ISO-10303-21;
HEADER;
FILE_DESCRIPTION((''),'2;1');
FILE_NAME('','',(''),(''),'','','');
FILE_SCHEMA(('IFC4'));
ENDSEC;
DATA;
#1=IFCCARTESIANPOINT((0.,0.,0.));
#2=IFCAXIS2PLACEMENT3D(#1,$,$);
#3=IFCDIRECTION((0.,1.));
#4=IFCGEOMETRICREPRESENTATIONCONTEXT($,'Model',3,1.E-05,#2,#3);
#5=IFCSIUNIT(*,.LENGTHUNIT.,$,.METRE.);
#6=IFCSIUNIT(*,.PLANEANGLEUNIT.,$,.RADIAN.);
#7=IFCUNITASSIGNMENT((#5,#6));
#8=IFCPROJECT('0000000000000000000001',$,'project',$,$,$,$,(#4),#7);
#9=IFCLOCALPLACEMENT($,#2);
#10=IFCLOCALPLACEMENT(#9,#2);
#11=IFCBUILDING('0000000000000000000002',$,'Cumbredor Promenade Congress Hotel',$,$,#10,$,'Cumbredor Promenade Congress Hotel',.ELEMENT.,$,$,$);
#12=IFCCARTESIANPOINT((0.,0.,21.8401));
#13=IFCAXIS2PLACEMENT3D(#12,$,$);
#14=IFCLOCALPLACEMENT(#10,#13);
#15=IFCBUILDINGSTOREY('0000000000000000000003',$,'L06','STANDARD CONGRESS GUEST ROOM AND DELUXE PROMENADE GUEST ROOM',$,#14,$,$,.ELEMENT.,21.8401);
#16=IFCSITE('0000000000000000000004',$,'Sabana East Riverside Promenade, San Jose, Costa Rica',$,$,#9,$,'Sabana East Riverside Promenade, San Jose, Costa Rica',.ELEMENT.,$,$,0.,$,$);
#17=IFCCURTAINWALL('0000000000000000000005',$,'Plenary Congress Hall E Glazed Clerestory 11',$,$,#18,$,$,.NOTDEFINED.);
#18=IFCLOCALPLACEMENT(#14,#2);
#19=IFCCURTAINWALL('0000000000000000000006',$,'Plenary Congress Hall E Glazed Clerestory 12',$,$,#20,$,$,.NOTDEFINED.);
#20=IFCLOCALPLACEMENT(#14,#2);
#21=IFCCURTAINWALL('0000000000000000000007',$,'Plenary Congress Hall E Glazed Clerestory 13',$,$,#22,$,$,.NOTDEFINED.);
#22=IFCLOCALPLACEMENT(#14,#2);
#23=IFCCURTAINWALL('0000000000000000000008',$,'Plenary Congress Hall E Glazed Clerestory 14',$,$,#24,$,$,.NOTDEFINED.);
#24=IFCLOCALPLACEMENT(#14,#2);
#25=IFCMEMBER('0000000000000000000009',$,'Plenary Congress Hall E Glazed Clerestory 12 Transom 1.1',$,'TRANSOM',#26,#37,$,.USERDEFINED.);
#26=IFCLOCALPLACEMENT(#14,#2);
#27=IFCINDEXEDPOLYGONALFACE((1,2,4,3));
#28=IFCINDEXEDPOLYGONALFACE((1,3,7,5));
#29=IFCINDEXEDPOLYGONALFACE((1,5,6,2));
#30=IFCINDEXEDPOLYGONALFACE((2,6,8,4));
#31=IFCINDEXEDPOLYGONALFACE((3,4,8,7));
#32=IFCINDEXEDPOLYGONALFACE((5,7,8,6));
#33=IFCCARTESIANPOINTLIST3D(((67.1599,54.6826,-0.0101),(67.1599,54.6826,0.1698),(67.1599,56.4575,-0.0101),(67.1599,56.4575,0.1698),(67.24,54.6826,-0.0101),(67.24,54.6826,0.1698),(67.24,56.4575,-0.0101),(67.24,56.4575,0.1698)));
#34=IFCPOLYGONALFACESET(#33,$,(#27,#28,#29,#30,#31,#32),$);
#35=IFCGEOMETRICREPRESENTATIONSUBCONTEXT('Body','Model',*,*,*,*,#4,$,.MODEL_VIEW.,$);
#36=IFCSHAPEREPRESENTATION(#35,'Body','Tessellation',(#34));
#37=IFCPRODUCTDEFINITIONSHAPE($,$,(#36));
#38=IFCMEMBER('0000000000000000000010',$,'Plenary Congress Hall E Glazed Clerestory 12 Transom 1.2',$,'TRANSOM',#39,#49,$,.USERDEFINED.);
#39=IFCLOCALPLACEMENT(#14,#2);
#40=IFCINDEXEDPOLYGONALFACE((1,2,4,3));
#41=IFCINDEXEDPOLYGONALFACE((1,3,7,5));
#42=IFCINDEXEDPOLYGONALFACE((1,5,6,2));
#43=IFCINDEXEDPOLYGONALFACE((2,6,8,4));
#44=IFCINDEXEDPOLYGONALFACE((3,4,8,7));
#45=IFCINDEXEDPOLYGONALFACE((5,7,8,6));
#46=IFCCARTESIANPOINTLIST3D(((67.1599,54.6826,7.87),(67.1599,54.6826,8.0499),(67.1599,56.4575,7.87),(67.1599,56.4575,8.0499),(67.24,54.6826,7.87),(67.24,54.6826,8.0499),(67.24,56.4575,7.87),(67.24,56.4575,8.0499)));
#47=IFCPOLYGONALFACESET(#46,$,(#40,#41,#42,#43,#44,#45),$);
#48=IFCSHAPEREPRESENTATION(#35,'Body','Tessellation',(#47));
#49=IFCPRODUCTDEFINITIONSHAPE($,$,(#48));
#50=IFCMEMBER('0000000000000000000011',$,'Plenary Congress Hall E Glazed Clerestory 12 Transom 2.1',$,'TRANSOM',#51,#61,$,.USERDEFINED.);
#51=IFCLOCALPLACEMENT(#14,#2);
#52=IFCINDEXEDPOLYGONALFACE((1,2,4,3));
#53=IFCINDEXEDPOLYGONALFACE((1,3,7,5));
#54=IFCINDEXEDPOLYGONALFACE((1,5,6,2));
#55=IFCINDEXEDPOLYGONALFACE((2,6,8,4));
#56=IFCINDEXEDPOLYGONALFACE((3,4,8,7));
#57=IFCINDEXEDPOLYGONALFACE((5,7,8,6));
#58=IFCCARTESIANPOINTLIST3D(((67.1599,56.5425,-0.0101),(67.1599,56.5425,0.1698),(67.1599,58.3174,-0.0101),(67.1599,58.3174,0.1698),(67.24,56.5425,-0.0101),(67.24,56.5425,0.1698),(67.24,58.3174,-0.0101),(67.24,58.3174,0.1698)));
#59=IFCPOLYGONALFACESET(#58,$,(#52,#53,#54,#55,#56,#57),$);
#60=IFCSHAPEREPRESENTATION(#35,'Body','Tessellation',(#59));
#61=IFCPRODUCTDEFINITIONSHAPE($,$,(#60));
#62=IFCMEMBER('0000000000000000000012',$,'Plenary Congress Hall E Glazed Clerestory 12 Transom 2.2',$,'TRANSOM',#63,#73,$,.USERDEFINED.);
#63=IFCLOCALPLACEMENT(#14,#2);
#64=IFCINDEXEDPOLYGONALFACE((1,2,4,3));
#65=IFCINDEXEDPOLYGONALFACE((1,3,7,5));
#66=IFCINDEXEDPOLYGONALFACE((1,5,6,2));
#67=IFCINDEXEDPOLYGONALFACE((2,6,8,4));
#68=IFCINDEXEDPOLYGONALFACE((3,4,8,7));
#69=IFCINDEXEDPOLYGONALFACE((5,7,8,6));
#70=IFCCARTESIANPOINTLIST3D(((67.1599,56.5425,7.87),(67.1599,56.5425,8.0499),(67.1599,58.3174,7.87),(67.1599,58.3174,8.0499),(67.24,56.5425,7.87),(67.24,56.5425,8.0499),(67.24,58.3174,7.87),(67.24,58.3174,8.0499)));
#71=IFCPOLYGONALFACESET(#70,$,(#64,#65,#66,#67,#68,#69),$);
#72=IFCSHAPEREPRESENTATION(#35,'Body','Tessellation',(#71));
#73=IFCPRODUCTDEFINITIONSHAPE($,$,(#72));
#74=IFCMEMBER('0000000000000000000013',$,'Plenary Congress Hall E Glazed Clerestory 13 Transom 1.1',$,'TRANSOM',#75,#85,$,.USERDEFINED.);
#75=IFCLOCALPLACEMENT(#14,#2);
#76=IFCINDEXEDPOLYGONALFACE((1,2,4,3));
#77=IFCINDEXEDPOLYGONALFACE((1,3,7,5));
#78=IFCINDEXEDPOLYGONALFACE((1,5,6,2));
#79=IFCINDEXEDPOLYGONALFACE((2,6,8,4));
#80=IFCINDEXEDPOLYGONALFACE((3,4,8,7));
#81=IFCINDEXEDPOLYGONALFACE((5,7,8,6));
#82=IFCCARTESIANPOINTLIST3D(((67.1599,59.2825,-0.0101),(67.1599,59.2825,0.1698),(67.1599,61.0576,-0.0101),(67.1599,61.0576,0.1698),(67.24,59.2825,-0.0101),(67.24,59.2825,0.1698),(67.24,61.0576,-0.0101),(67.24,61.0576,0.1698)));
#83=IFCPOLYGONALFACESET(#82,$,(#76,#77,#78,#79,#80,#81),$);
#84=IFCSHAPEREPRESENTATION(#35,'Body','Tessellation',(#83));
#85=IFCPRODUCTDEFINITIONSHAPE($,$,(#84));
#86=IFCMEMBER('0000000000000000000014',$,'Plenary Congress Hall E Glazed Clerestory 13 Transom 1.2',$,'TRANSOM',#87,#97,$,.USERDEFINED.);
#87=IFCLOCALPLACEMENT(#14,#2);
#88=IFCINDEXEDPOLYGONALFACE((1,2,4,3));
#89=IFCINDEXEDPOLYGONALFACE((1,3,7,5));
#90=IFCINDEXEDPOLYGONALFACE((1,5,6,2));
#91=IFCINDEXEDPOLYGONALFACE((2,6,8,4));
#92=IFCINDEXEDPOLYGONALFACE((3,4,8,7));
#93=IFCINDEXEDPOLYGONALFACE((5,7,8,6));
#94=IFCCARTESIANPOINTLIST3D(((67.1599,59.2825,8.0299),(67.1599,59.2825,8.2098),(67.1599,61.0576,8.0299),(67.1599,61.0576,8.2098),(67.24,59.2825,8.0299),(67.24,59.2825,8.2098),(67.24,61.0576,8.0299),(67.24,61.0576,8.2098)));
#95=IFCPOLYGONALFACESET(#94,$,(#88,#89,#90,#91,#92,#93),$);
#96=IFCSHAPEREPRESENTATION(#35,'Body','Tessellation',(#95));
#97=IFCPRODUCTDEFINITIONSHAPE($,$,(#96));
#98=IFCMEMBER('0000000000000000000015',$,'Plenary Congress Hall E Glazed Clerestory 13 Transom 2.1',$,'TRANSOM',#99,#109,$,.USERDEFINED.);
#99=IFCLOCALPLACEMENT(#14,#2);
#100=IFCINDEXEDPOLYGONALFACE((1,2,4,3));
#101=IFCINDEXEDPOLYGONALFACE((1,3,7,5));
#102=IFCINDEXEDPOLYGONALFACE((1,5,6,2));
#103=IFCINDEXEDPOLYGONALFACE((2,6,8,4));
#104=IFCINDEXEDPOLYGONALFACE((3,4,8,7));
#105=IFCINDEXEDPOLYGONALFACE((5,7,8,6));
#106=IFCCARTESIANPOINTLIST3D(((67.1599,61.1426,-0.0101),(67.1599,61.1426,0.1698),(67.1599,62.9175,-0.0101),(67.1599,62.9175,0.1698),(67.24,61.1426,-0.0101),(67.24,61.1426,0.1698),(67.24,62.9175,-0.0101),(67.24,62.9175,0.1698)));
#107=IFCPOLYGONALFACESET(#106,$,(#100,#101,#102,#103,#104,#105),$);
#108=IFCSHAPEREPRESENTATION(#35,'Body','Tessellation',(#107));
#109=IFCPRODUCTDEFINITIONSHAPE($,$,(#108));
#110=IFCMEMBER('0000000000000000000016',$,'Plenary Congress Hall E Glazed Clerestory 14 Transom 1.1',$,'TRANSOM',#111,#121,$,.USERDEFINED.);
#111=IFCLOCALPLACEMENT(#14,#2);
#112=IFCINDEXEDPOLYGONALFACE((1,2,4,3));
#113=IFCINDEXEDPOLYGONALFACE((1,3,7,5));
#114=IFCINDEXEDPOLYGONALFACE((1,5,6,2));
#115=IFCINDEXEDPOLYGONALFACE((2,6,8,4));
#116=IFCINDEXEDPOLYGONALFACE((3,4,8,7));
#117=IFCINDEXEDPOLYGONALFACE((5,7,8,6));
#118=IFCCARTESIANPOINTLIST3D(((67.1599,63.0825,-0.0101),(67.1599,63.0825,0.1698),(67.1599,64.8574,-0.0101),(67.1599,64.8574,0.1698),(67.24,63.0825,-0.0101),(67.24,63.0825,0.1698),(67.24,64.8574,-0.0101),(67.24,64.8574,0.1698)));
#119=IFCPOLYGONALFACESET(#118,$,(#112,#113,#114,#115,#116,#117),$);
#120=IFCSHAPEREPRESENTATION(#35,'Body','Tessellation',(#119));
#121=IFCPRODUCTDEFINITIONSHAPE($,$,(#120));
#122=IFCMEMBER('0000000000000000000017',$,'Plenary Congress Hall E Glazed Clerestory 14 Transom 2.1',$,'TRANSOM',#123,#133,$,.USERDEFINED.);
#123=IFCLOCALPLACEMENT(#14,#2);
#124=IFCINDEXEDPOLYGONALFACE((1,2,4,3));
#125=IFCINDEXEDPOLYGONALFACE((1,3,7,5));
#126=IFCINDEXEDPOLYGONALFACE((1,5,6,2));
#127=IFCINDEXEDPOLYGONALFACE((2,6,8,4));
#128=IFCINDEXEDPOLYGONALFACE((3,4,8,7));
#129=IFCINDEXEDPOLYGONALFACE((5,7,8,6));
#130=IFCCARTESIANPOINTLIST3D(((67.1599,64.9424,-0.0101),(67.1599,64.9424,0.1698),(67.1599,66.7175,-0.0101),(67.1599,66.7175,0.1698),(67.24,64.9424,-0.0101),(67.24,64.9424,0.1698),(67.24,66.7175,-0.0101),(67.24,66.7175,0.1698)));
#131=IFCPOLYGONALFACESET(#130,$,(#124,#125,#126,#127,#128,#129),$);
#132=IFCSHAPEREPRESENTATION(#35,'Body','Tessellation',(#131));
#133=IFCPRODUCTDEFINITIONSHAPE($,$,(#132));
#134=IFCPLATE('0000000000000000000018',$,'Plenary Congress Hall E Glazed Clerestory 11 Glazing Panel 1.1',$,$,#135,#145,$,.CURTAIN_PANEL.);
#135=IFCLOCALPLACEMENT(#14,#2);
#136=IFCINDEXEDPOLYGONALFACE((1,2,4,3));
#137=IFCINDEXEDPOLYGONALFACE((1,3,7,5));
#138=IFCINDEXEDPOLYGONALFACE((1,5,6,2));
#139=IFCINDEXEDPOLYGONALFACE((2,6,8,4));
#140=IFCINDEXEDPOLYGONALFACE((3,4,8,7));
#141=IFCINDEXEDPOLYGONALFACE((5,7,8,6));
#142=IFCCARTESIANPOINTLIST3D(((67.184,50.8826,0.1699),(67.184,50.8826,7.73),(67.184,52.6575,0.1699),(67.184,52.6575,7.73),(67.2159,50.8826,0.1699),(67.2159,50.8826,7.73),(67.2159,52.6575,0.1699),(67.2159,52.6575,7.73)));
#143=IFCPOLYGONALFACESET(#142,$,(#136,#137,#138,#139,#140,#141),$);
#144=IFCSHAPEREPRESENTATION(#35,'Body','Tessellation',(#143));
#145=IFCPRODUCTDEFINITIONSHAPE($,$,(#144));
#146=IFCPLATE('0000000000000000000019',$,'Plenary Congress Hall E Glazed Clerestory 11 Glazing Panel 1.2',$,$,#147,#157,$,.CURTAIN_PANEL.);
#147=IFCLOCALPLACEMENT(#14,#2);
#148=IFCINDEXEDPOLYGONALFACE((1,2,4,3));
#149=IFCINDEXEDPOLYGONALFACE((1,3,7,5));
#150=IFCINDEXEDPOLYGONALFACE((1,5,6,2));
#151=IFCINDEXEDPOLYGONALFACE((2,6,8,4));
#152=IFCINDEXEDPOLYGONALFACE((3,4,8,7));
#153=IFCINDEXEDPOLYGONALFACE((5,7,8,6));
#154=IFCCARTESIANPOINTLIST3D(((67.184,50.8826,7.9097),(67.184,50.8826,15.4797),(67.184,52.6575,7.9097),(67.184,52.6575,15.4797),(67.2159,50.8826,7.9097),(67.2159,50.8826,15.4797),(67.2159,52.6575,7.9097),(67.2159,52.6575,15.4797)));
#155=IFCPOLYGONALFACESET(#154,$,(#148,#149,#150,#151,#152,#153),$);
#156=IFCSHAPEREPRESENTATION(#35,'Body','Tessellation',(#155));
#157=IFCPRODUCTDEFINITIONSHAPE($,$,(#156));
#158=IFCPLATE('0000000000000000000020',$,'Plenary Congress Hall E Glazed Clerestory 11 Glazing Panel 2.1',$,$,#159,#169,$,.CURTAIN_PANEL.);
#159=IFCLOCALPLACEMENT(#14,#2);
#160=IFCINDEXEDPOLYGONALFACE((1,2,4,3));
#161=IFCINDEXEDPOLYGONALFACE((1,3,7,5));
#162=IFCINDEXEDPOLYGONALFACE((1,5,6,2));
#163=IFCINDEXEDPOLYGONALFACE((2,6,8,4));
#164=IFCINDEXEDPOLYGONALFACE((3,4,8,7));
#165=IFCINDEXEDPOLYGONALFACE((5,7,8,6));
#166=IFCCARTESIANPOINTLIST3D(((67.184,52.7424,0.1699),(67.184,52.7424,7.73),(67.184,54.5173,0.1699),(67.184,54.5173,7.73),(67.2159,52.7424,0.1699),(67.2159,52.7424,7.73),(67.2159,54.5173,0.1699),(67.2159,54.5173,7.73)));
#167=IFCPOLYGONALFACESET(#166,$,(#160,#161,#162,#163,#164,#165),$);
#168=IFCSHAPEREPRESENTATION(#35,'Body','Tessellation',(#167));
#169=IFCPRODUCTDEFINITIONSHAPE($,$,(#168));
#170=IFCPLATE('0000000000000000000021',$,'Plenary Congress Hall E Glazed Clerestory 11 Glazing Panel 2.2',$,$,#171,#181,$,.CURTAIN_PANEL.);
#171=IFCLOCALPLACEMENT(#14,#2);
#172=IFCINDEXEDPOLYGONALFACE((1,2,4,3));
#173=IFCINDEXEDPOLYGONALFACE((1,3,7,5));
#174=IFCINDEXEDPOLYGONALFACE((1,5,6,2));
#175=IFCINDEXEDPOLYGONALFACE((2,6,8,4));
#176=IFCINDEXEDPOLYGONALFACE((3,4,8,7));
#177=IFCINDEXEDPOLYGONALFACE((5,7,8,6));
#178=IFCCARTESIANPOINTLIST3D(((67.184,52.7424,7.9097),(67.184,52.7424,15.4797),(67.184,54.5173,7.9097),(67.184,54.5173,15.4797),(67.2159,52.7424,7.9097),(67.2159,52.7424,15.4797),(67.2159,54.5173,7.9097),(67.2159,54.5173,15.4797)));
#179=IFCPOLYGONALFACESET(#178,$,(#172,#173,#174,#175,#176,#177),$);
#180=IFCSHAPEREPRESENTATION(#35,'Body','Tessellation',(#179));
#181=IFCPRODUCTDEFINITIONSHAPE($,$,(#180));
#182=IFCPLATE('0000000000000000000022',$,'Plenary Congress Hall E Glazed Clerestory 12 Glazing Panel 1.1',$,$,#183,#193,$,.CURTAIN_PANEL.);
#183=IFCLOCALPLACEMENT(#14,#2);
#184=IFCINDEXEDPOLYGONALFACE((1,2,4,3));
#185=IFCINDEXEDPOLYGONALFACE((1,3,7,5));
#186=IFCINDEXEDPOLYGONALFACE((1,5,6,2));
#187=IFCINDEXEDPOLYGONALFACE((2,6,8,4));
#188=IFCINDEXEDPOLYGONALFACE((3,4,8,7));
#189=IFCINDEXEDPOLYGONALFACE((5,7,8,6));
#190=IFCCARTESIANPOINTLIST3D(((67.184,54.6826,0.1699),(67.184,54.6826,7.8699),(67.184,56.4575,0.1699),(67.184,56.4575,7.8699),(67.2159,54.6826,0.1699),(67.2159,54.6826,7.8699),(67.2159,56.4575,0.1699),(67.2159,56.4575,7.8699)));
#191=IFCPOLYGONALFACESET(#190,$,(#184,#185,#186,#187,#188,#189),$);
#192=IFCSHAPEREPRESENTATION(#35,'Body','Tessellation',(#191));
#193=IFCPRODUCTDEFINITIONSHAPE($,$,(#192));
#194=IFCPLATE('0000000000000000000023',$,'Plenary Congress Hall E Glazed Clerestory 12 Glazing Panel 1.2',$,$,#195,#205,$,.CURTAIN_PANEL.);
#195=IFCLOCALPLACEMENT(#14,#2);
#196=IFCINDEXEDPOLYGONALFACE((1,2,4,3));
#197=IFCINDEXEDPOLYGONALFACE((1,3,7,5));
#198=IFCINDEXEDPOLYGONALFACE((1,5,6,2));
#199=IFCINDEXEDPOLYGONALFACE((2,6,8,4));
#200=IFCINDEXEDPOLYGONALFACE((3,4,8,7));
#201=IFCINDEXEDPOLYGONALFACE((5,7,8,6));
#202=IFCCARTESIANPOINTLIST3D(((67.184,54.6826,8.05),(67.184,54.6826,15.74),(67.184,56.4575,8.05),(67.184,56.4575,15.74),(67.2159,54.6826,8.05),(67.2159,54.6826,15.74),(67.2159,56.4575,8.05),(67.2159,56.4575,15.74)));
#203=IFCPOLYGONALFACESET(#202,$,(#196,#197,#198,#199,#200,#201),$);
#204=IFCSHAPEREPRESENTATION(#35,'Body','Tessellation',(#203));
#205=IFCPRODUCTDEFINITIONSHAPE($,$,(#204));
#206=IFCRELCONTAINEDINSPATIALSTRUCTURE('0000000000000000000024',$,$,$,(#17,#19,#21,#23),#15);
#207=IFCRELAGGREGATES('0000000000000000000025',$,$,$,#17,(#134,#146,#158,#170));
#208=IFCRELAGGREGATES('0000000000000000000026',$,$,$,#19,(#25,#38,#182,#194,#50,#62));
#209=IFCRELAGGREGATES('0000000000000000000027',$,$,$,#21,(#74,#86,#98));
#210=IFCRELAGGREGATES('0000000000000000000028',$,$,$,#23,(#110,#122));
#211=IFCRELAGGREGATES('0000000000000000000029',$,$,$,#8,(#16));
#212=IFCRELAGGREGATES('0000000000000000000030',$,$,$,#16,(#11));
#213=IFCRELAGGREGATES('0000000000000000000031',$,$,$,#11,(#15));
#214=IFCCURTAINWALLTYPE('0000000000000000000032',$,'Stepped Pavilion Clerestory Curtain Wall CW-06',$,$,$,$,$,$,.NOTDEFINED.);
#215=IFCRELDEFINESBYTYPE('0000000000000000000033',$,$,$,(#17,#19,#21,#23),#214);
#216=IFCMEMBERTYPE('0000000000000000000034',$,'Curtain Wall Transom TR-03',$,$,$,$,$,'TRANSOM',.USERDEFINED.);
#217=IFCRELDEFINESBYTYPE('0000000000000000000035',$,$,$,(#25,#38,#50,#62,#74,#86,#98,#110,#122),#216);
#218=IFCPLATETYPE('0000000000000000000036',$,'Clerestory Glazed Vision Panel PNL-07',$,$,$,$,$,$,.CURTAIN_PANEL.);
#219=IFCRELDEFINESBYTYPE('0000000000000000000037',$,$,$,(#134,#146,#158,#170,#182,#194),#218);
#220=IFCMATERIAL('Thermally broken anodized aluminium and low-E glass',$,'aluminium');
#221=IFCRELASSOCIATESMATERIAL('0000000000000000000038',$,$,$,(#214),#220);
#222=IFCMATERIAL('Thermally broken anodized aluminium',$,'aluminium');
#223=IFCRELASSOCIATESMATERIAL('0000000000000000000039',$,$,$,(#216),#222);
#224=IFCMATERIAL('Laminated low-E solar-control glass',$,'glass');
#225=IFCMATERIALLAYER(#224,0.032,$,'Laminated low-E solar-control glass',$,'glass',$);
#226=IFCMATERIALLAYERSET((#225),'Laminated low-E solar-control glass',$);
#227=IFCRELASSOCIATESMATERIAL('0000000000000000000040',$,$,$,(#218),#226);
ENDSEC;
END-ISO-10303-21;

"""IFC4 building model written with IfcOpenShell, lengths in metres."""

from ifc_helpers import new_model, si_unit, direction, frame, origin, origin_2d, place, context, subcontext, project, spatial, rectangle, extrude, material, layer, layer_set, material_profile, profile_set, type_object, element, aggregate, save


model = new_model("IFC4")

# Units and contexts
model_context = context("Model", 3, precision=1e-05, world=origin(), true_north=direction((0.0, 1.0)))
body_context = subcontext(model_context, "Body", "Model", "MODEL_VIEW")
ifc_project = project(units=[si_unit("LENGTHUNIT", "METRE"), si_unit("PLANEANGLEUNIT", "RADIAN")], contexts=[model_context])

# Site, building, storey
site_placement = place(None, origin())
site = spatial("IfcSite", under=ifc_project, at=site_placement, Name="Sabana East Riverside Promenade, San Jose, Costa Rica", LongName="Sabana East Riverside Promenade, San Jose, Costa Rica", CompositionType="ELEMENT", RefElevation=0.0)
building_placement = place(site_placement, origin())
building = spatial("IfcBuilding", under=site, at=building_placement, Name="Cumbredor Promenade Congress Hotel", LongName="Cumbredor Promenade Congress Hotel", CompositionType="ELEMENT")
storey_placement = place(building_placement, frame((0.0, 0.0, 21.8401)))
storey = spatial("IfcBuildingStorey", under=building, at=storey_placement, Name="L06", Description="STANDARD CONGRESS GUEST ROOM AND DELUXE PROMENADE GUEST ROOM", CompositionType="ELEMENT", Elevation=21.8401)

# Curtain walls
ifc_material_1 = material(Name="Thermally broken anodized aluminium and low-E glass", Category="aluminium")
curtain_wall_type = type_object("IfcCurtainWallType", Name="Stepped Pavilion Clerestory Curtain Wall CW-06", PredefinedType="NOTDEFINED", material=ifc_material_1)
curtain_wall_1_placement = place(storey_placement, origin())
curtain_wall_1 = element("IfcCurtainWall", 1, at=curtain_wall_1_placement, inside=storey, type_object=curtain_wall_type, Name="Plenary Congress Hall E Glazed Clerestory 11", PredefinedType="NOTDEFINED")
ifc_material_2 = material(Name="Thermally broken anodized aluminium", Category="aluminium")
curtain_wall_2_placement = place(storey_placement, origin())
curtain_wall_2 = element("IfcCurtainWall", 2, at=curtain_wall_2_placement, inside=storey, type_object=curtain_wall_type, Name="Plenary Congress Hall E Glazed Clerestory 12", PredefinedType="NOTDEFINED")
curtain_wall_3_placement = place(storey_placement, origin())
curtain_wall_3 = element("IfcCurtainWall", 3, at=curtain_wall_3_placement, inside=storey, type_object=curtain_wall_type, Name="Plenary Congress Hall E Glazed Clerestory 13", PredefinedType="NOTDEFINED")
curtain_wall_4_placement = place(storey_placement, origin())
curtain_wall_4 = element("IfcCurtainWall", 4, at=curtain_wall_4_placement, inside=storey, type_object=curtain_wall_type, Name="Plenary Congress Hall E Glazed Clerestory 14", PredefinedType="NOTDEFINED")

# Members
ifc_material_profile_1 = material_profile(ifc_material_2, rectangle(XDim=0.0801, YDim=0.1799, at=origin_2d()), Name="ALU TRANSOM 80x180")
ifc_profile_set_1 = profile_set([ifc_material_profile_1], Name="Thermally broken anodized aluminium")
member_type_1 = type_object("IfcMemberType", Name="Curtain Wall Transom TR-03", ElementType="TRANSOM", PredefinedType="USERDEFINED", material=ifc_profile_set_1)
member_1_placement = place(storey_placement, frame((67.2, 54.6826, 0.0798), z_axis=(0.0, 1.0, 0.0), x_axis=(-1.0, 0.0, 0.0)))
member_1 = element("IfcMember", 5, at=member_1_placement, type_object=member_type_1, Name="Plenary Congress Hall E Glazed Clerestory 12 Transom 1.1", ObjectType="TRANSOM", PredefinedType="USERDEFINED", context=body_context, shape_type="SweptSolid", body=[
    extrude(rectangle(XDim=0.0801, YDim=0.1799, at=origin_2d()), origin(), (0.0, 0.0, 1.0), 1.7749),
])
member_2_placement = place(storey_placement, frame((67.2, 54.6826, 7.96), z_axis=(0.0, 1.0, 0.0), x_axis=(-1.0, 0.0, 0.0)))
member_2 = element("IfcMember", 6, at=member_2_placement, type_object=member_type_1, Name="Plenary Congress Hall E Glazed Clerestory 12 Transom 1.2", ObjectType="TRANSOM", PredefinedType="USERDEFINED", context=body_context, shape_type="SweptSolid", body=[
    extrude(rectangle(XDim=0.0801, YDim=0.1799, at=origin_2d()), origin(), (0.0, 0.0, 1.0), 1.7749),
])
member_3_placement = place(storey_placement, frame((67.2, 56.5425, 0.0798), z_axis=(0.0, 1.0, 0.0), x_axis=(-1.0, 0.0, 0.0)))
member_3 = element("IfcMember", 7, at=member_3_placement, type_object=member_type_1, Name="Plenary Congress Hall E Glazed Clerestory 12 Transom 2.1", ObjectType="TRANSOM", PredefinedType="USERDEFINED", context=body_context, shape_type="SweptSolid", body=[
    extrude(rectangle(XDim=0.0801, YDim=0.1799, at=origin_2d()), origin(), (0.0, 0.0, 1.0), 1.7749),
])
member_4_placement = place(storey_placement, frame((67.2, 56.5425, 7.96), z_axis=(0.0, 1.0, 0.0), x_axis=(-1.0, 0.0, 0.0)))
member_4 = element("IfcMember", 8, at=member_4_placement, type_object=member_type_1, Name="Plenary Congress Hall E Glazed Clerestory 12 Transom 2.2", ObjectType="TRANSOM", PredefinedType="USERDEFINED", context=body_context, shape_type="SweptSolid", body=[
    extrude(rectangle(XDim=0.0801, YDim=0.1799, at=origin_2d()), origin(), (0.0, 0.0, 1.0), 1.7749),
])
member_5_placement = place(storey_placement, frame((67.2, 59.2825, 0.0798), z_axis=(0.0, 1.0, 0.0), x_axis=(-1.0, 0.0, 0.0)))
member_5 = element("IfcMember", 9, at=member_5_placement, type_object=member_type_1, Name="Plenary Congress Hall E Glazed Clerestory 13 Transom 1.1", ObjectType="TRANSOM", PredefinedType="USERDEFINED", context=body_context, shape_type="SweptSolid", body=[
    extrude(rectangle(XDim=0.0801, YDim=0.1799, at=origin_2d()), origin(), (0.0, 0.0, 1.0), 1.7751),
])
member_6_placement = place(storey_placement, frame((67.2, 59.2825, 8.1199), z_axis=(0.0, 1.0, 0.0), x_axis=(-1.0, 0.0, 0.0)))
member_6 = element("IfcMember", 10, at=member_6_placement, type_object=member_type_1, Name="Plenary Congress Hall E Glazed Clerestory 13 Transom 1.2", ObjectType="TRANSOM", PredefinedType="USERDEFINED", context=body_context, shape_type="SweptSolid", body=[
    extrude(rectangle(XDim=0.0801, YDim=0.1799, at=origin_2d()), origin(), (0.0, 0.0, 1.0), 1.7751),
])
member_7_placement = place(storey_placement, frame((67.2, 61.1426, 0.0798), z_axis=(0.0, 1.0, 0.0), x_axis=(-1.0, 0.0, 0.0)))
member_7 = element("IfcMember", 11, at=member_7_placement, type_object=member_type_1, Name="Plenary Congress Hall E Glazed Clerestory 13 Transom 2.1", ObjectType="TRANSOM", PredefinedType="USERDEFINED", context=body_context, shape_type="SweptSolid", body=[
    extrude(rectangle(XDim=0.0801, YDim=0.1799, at=origin_2d()), origin(), (0.0, 0.0, 1.0), 1.7749),
])
member_8_placement = place(storey_placement, frame((67.2, 63.0825, 0.0798), z_axis=(0.0, 1.0, 0.0), x_axis=(-1.0, 0.0, 0.0)))
member_8 = element("IfcMember", 12, at=member_8_placement, type_object=member_type_1, Name="Plenary Congress Hall E Glazed Clerestory 14 Transom 1.1", ObjectType="TRANSOM", PredefinedType="USERDEFINED", context=body_context, shape_type="SweptSolid", body=[
    extrude(rectangle(XDim=0.0801, YDim=0.1799, at=origin_2d()), origin(), (0.0, 0.0, 1.0), 1.7749),
])
member_9_placement = place(storey_placement, frame((67.2, 64.9424, 0.0798), z_axis=(0.0, 1.0, 0.0), x_axis=(-1.0, 0.0, 0.0)))
member_9 = element("IfcMember", 13, at=member_9_placement, type_object=member_type_1, Name="Plenary Congress Hall E Glazed Clerestory 14 Transom 2.1", ObjectType="TRANSOM", PredefinedType="USERDEFINED", context=body_context, shape_type="SweptSolid", body=[
    extrude(rectangle(XDim=0.0801, YDim=0.1799, at=origin_2d()), origin(), (0.0, 0.0, 1.0), 1.7751),
])

# Plates
ifc_material_3 = material(Name="Laminated low-E solar-control glass", Category="glass")
ifc_layer = layer(ifc_material_3, 0.032, Name="Laminated low-E solar-control glass", Category="glass")
ifc_layer_set = layer_set([ifc_layer], Name="Laminated low-E solar-control glass")
plate_type = type_object("IfcPlateType", Name="Clerestory Glazed Vision Panel PNL-07", PredefinedType="CURTAIN_PANEL", material=ifc_layer_set)
plate_1_placement = place(storey_placement, frame((67.2, 51.77, 0.1699), z_axis=(0.0, 0.0, 1.0), x_axis=(0.0, 1.0, 0.0)))
plate_1 = element("IfcPlate", 14, at=plate_1_placement, type_object=plate_type, Name="Plenary Congress Hall E Glazed Clerestory 11 Glazing Panel 1.1", PredefinedType="CURTAIN_PANEL", context=body_context, shape_type="SweptSolid", body=[
    extrude(rectangle(XDim=1.7749, YDim=0.032, at=origin_2d()), origin(), (0.0, 0.0, 1.0), 7.5601),
])
plate_2_placement = place(storey_placement, frame((67.2, 51.77, 7.9097), z_axis=(0.0, 0.0, 1.0), x_axis=(0.0, 1.0, 0.0)))
plate_2 = element("IfcPlate", 15, at=plate_2_placement, type_object=plate_type, Name="Plenary Congress Hall E Glazed Clerestory 11 Glazing Panel 1.2", PredefinedType="CURTAIN_PANEL", context=body_context, shape_type="SweptSolid", body=[
    extrude(rectangle(XDim=1.7749, YDim=0.032, at=origin_2d()), origin(), (0.0, 0.0, 1.0), 7.5701),
])
plate_3_placement = place(storey_placement, frame((67.2, 53.6299, 0.1699), z_axis=(0.0, 0.0, 1.0), x_axis=(0.0, 1.0, 0.0)))
plate_3 = element("IfcPlate", 16, at=plate_3_placement, type_object=plate_type, Name="Plenary Congress Hall E Glazed Clerestory 11 Glazing Panel 2.1", PredefinedType="CURTAIN_PANEL", context=body_context, shape_type="SweptSolid", body=[
    extrude(rectangle(XDim=1.7749, YDim=0.032, at=origin_2d()), origin(), (0.0, 0.0, 1.0), 7.5601),
])
plate_4_placement = place(storey_placement, frame((67.2, 53.6299, 7.9097), z_axis=(0.0, 0.0, 1.0), x_axis=(0.0, 1.0, 0.0)))
plate_4 = element("IfcPlate", 17, at=plate_4_placement, type_object=plate_type, Name="Plenary Congress Hall E Glazed Clerestory 11 Glazing Panel 2.2", PredefinedType="CURTAIN_PANEL", context=body_context, shape_type="SweptSolid", body=[
    extrude(rectangle(XDim=1.7749, YDim=0.032, at=origin_2d()), origin(), (0.0, 0.0, 1.0), 7.5701),
])
aggregate(curtain_wall_1, [plate_1, plate_2, plate_3, plate_4])
plate_5_placement = place(storey_placement, frame((67.2, 55.5701, 0.1699), z_axis=(0.0, 0.0, 1.0), x_axis=(0.0, 1.0, 0.0)))
plate_5 = element("IfcPlate", 18, at=plate_5_placement, type_object=plate_type, Name="Plenary Congress Hall E Glazed Clerestory 12 Glazing Panel 1.1", PredefinedType="CURTAIN_PANEL", context=body_context, shape_type="SweptSolid", body=[
    extrude(rectangle(XDim=1.7749, YDim=0.032, at=origin_2d()), origin(), (0.0, 0.0, 1.0), 7.7),
])
plate_6_placement = place(storey_placement, frame((67.2, 55.5701, 8.05), z_axis=(0.0, 0.0, 1.0), x_axis=(0.0, 1.0, 0.0)))
plate_6 = element("IfcPlate", 19, at=plate_6_placement, type_object=plate_type, Name="Plenary Congress Hall E Glazed Clerestory 12 Glazing Panel 1.2", PredefinedType="CURTAIN_PANEL", context=body_context, shape_type="SweptSolid", body=[
    extrude(rectangle(XDim=1.7749, YDim=0.032, at=origin_2d()), origin(), (0.0, 0.0, 1.0), 7.6899),
])
aggregate(curtain_wall_2, [member_1, member_2, plate_5, plate_6, member_3, member_4])
aggregate(curtain_wall_3, [member_5, member_6, member_7])
aggregate(curtain_wall_4, [member_8, member_9])

save(model, "model.ifc")
